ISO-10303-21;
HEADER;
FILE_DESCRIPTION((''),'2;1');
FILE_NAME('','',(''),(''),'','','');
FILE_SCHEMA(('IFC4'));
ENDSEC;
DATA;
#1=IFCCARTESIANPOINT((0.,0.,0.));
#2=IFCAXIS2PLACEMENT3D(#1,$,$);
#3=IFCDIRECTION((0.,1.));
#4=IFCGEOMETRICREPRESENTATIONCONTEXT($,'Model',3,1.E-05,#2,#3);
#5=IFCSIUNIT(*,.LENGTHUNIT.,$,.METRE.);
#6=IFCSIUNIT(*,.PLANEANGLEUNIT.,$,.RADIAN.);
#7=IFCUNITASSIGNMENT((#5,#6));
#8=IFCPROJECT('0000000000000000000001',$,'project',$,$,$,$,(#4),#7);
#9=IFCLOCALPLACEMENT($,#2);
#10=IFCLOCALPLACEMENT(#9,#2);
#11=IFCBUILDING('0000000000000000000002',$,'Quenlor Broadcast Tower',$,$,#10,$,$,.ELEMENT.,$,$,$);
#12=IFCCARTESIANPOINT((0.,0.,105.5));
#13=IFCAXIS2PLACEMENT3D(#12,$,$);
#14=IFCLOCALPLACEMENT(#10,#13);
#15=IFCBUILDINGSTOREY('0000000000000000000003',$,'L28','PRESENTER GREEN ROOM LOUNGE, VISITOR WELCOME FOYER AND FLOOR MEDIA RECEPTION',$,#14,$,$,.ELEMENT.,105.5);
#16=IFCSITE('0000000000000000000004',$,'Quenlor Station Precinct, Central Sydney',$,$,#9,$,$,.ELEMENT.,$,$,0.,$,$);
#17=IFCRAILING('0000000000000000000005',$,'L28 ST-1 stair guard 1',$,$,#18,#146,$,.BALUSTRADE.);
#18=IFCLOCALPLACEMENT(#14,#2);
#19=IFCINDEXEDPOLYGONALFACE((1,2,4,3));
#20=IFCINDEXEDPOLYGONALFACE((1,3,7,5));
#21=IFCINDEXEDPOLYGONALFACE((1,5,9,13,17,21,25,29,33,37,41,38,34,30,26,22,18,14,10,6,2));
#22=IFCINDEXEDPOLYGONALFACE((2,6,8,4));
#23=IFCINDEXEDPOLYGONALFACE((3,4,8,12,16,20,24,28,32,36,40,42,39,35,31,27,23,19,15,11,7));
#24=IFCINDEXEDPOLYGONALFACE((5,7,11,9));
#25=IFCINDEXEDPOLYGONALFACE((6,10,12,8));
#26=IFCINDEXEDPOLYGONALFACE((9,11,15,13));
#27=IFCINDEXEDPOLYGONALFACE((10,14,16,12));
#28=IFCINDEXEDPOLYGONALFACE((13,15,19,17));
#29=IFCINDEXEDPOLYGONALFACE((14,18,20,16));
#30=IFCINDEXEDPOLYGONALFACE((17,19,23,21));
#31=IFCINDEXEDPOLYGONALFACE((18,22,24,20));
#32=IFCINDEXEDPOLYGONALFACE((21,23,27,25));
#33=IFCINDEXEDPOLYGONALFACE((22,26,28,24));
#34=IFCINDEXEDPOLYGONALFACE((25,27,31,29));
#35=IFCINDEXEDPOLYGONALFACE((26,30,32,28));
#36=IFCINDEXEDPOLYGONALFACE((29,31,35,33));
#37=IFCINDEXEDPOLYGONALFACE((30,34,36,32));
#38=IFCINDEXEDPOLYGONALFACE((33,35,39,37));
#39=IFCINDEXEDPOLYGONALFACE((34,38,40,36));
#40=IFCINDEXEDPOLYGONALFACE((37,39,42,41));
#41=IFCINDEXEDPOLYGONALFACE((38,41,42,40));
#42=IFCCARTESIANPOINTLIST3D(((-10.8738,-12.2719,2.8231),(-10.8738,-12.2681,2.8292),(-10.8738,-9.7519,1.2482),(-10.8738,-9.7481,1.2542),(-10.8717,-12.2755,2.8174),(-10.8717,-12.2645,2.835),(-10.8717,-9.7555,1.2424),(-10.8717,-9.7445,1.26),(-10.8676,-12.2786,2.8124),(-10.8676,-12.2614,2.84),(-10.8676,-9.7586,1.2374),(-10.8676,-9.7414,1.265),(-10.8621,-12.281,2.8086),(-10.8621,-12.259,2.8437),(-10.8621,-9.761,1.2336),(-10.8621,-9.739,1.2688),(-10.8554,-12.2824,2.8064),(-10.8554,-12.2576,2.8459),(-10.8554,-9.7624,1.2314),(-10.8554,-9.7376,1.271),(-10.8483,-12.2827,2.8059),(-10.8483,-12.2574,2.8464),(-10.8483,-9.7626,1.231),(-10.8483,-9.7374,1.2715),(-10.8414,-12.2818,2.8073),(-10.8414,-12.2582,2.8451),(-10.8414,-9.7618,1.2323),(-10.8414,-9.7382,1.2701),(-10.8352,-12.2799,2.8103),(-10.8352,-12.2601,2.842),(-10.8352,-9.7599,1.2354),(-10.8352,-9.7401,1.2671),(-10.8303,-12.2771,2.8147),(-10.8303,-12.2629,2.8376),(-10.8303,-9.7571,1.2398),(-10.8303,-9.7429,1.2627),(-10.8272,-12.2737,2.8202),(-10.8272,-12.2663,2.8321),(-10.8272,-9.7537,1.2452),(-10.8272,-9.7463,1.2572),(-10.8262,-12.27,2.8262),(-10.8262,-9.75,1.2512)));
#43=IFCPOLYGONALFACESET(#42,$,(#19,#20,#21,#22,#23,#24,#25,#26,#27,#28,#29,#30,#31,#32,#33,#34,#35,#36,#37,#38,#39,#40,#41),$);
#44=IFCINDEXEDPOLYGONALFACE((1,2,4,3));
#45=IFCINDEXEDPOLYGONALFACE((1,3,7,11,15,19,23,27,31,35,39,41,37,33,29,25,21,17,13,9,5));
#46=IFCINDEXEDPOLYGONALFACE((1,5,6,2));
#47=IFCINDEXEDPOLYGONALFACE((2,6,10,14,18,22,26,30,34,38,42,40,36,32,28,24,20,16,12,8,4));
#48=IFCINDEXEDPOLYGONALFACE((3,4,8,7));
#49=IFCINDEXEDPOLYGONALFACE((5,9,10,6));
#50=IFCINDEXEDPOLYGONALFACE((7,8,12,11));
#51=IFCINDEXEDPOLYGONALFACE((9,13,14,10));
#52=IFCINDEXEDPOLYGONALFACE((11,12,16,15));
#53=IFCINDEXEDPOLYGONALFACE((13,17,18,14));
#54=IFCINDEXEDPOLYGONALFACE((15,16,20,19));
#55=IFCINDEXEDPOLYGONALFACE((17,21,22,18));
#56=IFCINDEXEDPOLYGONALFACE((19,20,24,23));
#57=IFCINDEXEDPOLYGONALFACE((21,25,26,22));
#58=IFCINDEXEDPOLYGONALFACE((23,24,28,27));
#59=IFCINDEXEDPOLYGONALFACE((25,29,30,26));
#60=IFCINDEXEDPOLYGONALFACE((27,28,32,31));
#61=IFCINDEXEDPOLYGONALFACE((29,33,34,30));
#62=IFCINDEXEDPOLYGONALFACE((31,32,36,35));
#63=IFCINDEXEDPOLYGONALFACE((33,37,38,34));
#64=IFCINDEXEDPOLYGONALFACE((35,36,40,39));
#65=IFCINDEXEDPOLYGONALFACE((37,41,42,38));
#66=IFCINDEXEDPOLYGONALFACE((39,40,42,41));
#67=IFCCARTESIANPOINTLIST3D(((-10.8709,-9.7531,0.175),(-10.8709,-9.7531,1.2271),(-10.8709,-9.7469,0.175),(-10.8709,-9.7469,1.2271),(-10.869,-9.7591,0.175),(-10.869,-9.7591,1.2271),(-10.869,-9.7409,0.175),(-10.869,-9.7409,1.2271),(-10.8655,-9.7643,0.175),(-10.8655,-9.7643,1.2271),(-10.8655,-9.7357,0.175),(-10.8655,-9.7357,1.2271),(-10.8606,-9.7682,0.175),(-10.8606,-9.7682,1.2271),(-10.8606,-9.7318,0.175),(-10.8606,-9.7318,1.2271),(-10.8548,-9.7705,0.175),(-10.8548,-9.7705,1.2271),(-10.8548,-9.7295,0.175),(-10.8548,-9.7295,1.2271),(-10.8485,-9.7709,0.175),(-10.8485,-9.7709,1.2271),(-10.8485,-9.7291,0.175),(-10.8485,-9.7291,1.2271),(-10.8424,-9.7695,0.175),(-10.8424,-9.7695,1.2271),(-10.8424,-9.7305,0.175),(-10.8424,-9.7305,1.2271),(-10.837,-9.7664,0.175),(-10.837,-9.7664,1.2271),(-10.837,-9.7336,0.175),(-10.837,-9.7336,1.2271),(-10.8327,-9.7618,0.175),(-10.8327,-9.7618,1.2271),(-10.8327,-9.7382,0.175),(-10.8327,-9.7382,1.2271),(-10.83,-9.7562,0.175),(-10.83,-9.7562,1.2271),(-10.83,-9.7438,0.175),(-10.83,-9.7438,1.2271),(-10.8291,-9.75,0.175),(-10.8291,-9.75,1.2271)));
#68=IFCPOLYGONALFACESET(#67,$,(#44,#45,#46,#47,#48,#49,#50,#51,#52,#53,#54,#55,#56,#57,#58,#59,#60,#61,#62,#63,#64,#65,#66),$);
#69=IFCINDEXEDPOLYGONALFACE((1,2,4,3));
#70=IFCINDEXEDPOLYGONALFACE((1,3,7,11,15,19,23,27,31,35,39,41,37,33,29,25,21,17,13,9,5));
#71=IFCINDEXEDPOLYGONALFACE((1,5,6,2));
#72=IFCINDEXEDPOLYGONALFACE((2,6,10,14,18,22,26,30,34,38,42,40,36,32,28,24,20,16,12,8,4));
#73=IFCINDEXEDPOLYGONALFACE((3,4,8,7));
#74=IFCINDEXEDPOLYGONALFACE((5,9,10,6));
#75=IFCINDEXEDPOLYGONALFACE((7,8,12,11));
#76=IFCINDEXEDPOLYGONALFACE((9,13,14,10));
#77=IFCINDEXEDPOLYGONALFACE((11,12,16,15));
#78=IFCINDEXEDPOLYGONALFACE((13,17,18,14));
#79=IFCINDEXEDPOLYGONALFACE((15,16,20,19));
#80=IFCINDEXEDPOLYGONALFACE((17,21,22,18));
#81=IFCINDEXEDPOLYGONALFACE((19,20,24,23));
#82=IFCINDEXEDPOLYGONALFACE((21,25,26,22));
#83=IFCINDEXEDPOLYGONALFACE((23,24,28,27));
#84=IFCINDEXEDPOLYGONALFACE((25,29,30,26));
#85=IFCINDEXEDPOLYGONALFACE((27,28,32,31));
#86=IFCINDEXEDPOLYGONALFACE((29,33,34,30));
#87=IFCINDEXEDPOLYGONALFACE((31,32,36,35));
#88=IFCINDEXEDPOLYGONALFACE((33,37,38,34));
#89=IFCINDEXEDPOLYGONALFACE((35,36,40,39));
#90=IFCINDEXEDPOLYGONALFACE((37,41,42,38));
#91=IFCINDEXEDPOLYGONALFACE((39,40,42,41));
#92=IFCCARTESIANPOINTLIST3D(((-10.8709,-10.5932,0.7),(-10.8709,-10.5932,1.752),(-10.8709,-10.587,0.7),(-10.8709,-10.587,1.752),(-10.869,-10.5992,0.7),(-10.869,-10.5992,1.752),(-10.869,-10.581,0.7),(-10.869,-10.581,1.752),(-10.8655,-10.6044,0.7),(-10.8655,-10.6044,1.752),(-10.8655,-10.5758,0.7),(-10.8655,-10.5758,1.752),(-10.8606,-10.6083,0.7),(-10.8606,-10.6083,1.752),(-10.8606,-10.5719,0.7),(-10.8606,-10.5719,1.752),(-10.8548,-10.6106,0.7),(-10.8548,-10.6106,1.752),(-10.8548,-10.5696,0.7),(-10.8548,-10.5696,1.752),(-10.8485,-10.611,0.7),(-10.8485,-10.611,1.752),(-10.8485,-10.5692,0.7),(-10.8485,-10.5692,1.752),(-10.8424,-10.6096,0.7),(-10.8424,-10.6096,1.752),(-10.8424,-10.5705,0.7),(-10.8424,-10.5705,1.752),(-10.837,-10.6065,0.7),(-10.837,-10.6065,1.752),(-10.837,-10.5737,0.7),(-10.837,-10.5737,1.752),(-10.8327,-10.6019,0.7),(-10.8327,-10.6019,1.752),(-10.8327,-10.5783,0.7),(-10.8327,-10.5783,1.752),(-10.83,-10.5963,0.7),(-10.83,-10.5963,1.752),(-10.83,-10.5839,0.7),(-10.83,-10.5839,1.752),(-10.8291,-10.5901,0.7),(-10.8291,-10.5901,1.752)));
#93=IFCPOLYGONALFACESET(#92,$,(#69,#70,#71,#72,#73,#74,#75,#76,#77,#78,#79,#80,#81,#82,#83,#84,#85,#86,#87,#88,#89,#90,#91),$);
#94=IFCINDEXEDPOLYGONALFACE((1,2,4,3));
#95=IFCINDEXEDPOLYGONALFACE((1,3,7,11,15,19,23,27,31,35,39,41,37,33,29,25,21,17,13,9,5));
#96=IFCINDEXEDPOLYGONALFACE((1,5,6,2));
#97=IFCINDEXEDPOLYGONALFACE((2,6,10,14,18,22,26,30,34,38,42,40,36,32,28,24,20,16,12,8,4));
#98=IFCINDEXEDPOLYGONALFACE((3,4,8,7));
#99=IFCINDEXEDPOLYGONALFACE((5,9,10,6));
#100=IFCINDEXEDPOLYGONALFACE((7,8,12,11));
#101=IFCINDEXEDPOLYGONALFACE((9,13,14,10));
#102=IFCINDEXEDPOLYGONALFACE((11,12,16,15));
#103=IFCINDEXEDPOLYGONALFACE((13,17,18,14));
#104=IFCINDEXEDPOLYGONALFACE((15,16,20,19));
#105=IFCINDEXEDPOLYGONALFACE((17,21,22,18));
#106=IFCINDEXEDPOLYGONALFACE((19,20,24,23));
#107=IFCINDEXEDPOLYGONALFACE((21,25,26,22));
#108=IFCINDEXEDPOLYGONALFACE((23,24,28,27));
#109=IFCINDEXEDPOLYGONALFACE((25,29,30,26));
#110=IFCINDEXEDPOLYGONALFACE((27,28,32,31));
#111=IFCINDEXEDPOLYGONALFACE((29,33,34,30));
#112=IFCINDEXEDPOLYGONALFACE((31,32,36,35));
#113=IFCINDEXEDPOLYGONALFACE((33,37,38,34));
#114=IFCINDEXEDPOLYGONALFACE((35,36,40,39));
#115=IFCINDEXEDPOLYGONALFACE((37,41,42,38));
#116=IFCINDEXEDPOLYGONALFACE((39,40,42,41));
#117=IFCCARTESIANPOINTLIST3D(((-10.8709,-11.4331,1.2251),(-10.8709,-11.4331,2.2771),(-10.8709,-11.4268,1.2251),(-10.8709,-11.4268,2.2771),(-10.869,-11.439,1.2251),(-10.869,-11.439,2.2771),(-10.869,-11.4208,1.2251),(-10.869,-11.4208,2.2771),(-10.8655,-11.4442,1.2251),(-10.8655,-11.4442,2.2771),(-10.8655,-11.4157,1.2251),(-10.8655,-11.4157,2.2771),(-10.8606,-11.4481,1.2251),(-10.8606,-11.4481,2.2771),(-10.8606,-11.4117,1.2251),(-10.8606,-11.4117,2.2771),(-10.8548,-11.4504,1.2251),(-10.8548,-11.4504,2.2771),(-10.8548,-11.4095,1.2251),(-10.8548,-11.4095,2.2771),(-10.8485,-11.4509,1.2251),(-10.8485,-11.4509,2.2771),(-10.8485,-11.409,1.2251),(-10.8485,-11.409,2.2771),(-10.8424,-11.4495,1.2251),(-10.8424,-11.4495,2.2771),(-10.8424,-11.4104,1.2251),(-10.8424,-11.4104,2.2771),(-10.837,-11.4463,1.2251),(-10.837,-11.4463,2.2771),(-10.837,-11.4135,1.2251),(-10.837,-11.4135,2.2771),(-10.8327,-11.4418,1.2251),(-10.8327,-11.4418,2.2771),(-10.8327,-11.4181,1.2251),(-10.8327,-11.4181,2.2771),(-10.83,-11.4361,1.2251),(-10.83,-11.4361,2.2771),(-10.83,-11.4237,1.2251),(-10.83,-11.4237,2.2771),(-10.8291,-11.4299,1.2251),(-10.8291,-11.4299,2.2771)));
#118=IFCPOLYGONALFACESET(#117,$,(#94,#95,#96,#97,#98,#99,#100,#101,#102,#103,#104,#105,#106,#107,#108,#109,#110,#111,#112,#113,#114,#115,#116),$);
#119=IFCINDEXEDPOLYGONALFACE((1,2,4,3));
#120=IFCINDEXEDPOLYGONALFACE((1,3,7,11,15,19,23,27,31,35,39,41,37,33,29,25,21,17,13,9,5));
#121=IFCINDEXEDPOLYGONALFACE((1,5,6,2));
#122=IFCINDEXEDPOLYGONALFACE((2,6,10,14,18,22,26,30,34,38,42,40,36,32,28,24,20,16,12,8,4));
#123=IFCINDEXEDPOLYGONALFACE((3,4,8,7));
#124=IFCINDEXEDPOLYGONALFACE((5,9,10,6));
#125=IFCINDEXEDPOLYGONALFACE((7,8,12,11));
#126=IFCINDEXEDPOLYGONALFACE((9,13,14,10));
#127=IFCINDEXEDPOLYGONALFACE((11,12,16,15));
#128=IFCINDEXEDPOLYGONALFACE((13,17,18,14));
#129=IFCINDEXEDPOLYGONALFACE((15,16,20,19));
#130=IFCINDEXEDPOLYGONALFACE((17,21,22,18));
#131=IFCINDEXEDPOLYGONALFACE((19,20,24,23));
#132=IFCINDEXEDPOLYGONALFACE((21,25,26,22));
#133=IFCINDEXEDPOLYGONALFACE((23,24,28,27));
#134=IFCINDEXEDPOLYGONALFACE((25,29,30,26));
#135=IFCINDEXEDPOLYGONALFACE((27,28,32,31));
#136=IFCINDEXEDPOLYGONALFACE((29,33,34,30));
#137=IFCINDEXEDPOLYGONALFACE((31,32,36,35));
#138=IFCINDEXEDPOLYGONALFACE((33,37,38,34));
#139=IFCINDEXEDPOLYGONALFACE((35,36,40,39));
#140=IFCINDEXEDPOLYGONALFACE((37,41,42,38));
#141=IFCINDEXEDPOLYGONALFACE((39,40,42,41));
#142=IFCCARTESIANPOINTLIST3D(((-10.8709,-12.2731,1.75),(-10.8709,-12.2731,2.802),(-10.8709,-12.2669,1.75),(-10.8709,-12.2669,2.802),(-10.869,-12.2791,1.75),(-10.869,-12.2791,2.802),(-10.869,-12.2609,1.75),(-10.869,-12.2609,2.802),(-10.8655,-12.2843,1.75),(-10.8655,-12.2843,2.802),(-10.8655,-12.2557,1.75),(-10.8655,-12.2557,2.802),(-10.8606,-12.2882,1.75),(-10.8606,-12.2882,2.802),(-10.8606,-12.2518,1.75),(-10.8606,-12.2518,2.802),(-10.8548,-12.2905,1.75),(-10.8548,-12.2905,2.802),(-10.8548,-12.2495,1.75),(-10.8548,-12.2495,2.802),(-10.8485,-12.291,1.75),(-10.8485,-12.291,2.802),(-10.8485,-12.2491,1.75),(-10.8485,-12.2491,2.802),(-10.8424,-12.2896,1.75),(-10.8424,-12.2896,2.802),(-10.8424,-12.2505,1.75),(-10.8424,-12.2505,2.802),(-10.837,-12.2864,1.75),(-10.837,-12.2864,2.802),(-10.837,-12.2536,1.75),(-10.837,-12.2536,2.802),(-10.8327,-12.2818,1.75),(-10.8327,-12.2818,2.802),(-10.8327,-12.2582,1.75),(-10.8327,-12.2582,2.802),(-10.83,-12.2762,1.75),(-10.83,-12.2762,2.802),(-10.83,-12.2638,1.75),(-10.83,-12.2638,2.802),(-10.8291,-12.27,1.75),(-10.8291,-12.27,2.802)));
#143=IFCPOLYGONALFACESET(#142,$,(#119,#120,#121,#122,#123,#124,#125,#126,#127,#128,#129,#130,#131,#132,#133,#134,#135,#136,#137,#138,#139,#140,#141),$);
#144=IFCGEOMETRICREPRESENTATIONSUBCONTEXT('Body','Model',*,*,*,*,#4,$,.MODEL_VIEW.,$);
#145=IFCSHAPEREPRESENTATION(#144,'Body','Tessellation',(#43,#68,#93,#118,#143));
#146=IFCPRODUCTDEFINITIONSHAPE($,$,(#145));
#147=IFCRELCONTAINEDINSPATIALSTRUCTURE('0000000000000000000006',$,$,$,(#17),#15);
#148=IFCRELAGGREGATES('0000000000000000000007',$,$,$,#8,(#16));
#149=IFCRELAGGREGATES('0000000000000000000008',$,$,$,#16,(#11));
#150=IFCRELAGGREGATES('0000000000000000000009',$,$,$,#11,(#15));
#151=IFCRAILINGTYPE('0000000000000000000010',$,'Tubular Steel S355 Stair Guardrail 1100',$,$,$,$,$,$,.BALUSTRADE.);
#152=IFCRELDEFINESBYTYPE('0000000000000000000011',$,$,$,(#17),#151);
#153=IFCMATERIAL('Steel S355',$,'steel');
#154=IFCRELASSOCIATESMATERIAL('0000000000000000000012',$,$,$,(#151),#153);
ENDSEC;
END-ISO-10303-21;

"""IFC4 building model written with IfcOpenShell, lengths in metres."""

from ifc_helpers import new_model, si_unit, direction, frame, origin, origin_2d, place, context, subcontext, project, spatial, circle, extrude, material, type_object, element, save


model = new_model("IFC4")

# Units and contexts
model_context = context("Model", 3, precision=1e-05, world=origin(), true_north=direction((0.0, 1.0)))
body_context = subcontext(model_context, "Body", "Model", "MODEL_VIEW")
ifc_project = project(units=[si_unit("LENGTHUNIT", "METRE"), si_unit("PLANEANGLEUNIT", "RADIAN")], contexts=[model_context])

# Site, building, storey
site_placement = place(None, origin())
site = spatial("IfcSite", under=ifc_project, at=site_placement, Name="Quenlor Station Precinct, Central Sydney", CompositionType="ELEMENT", RefElevation=0.0)
building_placement = place(site_placement, origin())
building = spatial("IfcBuilding", under=site, at=building_placement, Name="Quenlor Broadcast Tower", CompositionType="ELEMENT")
storey_placement = place(building_placement, frame((0.0, 0.0, 105.5)))
storey = spatial("IfcBuildingStorey", under=building, at=storey_placement, Name="L28", Description="PRESENTER GREEN ROOM LOUNGE, VISITOR WELCOME FOYER AND FLOOR MEDIA RECEPTION", CompositionType="ELEMENT", Elevation=105.5)

# Railing
ifc_material_1 = material(Name="Steel S355", Category="steel")
railing_type_1 = type_object("IfcRailingType", Name="Tubular Steel S355 Stair Guardrail 1100", PredefinedType="BALUSTRADE", material=ifc_material_1)
railing_1_placement = place(storey_placement, frame((-10.8501, -9.75, 0.175)))
element("IfcRailing", 1, at=railing_1_placement, inside=storey, type_object=railing_type_1, Name="L28 ST-1 stair guard 1", PredefinedType="BALUSTRADE", context=body_context, shape_type="SweptSolid", body=[
    extrude(circle(Radius=0.0239, at=origin_2d()), frame((0.0, 0.0, 1.0762), z_axis=(0.0, -0.848008, 0.529984), x_axis=(1.0, 0.0, 0.0)), (0.0, 0.0, 1.0), 2.9717),
    extrude(circle(Radius=0.021, at=origin_2d()), origin(), (0.0, 0.0, 1.0), 1.052),
    extrude(circle(Radius=0.021, at=origin_2d()), frame((0.0, -0.8401, 0.5249)), (0.0, 0.0, 1.0), 1.052),
    extrude(circle(Radius=0.021, at=origin_2d()), frame((0.0, -1.6799, 1.05)), (0.0, 0.0, 1.0), 1.052),
    extrude(circle(Radius=0.021, at=origin_2d()), frame((0.0, -2.52, 1.575)), (0.0, 0.0, 1.0), 1.052),
])

save(model, "model.ifc")
